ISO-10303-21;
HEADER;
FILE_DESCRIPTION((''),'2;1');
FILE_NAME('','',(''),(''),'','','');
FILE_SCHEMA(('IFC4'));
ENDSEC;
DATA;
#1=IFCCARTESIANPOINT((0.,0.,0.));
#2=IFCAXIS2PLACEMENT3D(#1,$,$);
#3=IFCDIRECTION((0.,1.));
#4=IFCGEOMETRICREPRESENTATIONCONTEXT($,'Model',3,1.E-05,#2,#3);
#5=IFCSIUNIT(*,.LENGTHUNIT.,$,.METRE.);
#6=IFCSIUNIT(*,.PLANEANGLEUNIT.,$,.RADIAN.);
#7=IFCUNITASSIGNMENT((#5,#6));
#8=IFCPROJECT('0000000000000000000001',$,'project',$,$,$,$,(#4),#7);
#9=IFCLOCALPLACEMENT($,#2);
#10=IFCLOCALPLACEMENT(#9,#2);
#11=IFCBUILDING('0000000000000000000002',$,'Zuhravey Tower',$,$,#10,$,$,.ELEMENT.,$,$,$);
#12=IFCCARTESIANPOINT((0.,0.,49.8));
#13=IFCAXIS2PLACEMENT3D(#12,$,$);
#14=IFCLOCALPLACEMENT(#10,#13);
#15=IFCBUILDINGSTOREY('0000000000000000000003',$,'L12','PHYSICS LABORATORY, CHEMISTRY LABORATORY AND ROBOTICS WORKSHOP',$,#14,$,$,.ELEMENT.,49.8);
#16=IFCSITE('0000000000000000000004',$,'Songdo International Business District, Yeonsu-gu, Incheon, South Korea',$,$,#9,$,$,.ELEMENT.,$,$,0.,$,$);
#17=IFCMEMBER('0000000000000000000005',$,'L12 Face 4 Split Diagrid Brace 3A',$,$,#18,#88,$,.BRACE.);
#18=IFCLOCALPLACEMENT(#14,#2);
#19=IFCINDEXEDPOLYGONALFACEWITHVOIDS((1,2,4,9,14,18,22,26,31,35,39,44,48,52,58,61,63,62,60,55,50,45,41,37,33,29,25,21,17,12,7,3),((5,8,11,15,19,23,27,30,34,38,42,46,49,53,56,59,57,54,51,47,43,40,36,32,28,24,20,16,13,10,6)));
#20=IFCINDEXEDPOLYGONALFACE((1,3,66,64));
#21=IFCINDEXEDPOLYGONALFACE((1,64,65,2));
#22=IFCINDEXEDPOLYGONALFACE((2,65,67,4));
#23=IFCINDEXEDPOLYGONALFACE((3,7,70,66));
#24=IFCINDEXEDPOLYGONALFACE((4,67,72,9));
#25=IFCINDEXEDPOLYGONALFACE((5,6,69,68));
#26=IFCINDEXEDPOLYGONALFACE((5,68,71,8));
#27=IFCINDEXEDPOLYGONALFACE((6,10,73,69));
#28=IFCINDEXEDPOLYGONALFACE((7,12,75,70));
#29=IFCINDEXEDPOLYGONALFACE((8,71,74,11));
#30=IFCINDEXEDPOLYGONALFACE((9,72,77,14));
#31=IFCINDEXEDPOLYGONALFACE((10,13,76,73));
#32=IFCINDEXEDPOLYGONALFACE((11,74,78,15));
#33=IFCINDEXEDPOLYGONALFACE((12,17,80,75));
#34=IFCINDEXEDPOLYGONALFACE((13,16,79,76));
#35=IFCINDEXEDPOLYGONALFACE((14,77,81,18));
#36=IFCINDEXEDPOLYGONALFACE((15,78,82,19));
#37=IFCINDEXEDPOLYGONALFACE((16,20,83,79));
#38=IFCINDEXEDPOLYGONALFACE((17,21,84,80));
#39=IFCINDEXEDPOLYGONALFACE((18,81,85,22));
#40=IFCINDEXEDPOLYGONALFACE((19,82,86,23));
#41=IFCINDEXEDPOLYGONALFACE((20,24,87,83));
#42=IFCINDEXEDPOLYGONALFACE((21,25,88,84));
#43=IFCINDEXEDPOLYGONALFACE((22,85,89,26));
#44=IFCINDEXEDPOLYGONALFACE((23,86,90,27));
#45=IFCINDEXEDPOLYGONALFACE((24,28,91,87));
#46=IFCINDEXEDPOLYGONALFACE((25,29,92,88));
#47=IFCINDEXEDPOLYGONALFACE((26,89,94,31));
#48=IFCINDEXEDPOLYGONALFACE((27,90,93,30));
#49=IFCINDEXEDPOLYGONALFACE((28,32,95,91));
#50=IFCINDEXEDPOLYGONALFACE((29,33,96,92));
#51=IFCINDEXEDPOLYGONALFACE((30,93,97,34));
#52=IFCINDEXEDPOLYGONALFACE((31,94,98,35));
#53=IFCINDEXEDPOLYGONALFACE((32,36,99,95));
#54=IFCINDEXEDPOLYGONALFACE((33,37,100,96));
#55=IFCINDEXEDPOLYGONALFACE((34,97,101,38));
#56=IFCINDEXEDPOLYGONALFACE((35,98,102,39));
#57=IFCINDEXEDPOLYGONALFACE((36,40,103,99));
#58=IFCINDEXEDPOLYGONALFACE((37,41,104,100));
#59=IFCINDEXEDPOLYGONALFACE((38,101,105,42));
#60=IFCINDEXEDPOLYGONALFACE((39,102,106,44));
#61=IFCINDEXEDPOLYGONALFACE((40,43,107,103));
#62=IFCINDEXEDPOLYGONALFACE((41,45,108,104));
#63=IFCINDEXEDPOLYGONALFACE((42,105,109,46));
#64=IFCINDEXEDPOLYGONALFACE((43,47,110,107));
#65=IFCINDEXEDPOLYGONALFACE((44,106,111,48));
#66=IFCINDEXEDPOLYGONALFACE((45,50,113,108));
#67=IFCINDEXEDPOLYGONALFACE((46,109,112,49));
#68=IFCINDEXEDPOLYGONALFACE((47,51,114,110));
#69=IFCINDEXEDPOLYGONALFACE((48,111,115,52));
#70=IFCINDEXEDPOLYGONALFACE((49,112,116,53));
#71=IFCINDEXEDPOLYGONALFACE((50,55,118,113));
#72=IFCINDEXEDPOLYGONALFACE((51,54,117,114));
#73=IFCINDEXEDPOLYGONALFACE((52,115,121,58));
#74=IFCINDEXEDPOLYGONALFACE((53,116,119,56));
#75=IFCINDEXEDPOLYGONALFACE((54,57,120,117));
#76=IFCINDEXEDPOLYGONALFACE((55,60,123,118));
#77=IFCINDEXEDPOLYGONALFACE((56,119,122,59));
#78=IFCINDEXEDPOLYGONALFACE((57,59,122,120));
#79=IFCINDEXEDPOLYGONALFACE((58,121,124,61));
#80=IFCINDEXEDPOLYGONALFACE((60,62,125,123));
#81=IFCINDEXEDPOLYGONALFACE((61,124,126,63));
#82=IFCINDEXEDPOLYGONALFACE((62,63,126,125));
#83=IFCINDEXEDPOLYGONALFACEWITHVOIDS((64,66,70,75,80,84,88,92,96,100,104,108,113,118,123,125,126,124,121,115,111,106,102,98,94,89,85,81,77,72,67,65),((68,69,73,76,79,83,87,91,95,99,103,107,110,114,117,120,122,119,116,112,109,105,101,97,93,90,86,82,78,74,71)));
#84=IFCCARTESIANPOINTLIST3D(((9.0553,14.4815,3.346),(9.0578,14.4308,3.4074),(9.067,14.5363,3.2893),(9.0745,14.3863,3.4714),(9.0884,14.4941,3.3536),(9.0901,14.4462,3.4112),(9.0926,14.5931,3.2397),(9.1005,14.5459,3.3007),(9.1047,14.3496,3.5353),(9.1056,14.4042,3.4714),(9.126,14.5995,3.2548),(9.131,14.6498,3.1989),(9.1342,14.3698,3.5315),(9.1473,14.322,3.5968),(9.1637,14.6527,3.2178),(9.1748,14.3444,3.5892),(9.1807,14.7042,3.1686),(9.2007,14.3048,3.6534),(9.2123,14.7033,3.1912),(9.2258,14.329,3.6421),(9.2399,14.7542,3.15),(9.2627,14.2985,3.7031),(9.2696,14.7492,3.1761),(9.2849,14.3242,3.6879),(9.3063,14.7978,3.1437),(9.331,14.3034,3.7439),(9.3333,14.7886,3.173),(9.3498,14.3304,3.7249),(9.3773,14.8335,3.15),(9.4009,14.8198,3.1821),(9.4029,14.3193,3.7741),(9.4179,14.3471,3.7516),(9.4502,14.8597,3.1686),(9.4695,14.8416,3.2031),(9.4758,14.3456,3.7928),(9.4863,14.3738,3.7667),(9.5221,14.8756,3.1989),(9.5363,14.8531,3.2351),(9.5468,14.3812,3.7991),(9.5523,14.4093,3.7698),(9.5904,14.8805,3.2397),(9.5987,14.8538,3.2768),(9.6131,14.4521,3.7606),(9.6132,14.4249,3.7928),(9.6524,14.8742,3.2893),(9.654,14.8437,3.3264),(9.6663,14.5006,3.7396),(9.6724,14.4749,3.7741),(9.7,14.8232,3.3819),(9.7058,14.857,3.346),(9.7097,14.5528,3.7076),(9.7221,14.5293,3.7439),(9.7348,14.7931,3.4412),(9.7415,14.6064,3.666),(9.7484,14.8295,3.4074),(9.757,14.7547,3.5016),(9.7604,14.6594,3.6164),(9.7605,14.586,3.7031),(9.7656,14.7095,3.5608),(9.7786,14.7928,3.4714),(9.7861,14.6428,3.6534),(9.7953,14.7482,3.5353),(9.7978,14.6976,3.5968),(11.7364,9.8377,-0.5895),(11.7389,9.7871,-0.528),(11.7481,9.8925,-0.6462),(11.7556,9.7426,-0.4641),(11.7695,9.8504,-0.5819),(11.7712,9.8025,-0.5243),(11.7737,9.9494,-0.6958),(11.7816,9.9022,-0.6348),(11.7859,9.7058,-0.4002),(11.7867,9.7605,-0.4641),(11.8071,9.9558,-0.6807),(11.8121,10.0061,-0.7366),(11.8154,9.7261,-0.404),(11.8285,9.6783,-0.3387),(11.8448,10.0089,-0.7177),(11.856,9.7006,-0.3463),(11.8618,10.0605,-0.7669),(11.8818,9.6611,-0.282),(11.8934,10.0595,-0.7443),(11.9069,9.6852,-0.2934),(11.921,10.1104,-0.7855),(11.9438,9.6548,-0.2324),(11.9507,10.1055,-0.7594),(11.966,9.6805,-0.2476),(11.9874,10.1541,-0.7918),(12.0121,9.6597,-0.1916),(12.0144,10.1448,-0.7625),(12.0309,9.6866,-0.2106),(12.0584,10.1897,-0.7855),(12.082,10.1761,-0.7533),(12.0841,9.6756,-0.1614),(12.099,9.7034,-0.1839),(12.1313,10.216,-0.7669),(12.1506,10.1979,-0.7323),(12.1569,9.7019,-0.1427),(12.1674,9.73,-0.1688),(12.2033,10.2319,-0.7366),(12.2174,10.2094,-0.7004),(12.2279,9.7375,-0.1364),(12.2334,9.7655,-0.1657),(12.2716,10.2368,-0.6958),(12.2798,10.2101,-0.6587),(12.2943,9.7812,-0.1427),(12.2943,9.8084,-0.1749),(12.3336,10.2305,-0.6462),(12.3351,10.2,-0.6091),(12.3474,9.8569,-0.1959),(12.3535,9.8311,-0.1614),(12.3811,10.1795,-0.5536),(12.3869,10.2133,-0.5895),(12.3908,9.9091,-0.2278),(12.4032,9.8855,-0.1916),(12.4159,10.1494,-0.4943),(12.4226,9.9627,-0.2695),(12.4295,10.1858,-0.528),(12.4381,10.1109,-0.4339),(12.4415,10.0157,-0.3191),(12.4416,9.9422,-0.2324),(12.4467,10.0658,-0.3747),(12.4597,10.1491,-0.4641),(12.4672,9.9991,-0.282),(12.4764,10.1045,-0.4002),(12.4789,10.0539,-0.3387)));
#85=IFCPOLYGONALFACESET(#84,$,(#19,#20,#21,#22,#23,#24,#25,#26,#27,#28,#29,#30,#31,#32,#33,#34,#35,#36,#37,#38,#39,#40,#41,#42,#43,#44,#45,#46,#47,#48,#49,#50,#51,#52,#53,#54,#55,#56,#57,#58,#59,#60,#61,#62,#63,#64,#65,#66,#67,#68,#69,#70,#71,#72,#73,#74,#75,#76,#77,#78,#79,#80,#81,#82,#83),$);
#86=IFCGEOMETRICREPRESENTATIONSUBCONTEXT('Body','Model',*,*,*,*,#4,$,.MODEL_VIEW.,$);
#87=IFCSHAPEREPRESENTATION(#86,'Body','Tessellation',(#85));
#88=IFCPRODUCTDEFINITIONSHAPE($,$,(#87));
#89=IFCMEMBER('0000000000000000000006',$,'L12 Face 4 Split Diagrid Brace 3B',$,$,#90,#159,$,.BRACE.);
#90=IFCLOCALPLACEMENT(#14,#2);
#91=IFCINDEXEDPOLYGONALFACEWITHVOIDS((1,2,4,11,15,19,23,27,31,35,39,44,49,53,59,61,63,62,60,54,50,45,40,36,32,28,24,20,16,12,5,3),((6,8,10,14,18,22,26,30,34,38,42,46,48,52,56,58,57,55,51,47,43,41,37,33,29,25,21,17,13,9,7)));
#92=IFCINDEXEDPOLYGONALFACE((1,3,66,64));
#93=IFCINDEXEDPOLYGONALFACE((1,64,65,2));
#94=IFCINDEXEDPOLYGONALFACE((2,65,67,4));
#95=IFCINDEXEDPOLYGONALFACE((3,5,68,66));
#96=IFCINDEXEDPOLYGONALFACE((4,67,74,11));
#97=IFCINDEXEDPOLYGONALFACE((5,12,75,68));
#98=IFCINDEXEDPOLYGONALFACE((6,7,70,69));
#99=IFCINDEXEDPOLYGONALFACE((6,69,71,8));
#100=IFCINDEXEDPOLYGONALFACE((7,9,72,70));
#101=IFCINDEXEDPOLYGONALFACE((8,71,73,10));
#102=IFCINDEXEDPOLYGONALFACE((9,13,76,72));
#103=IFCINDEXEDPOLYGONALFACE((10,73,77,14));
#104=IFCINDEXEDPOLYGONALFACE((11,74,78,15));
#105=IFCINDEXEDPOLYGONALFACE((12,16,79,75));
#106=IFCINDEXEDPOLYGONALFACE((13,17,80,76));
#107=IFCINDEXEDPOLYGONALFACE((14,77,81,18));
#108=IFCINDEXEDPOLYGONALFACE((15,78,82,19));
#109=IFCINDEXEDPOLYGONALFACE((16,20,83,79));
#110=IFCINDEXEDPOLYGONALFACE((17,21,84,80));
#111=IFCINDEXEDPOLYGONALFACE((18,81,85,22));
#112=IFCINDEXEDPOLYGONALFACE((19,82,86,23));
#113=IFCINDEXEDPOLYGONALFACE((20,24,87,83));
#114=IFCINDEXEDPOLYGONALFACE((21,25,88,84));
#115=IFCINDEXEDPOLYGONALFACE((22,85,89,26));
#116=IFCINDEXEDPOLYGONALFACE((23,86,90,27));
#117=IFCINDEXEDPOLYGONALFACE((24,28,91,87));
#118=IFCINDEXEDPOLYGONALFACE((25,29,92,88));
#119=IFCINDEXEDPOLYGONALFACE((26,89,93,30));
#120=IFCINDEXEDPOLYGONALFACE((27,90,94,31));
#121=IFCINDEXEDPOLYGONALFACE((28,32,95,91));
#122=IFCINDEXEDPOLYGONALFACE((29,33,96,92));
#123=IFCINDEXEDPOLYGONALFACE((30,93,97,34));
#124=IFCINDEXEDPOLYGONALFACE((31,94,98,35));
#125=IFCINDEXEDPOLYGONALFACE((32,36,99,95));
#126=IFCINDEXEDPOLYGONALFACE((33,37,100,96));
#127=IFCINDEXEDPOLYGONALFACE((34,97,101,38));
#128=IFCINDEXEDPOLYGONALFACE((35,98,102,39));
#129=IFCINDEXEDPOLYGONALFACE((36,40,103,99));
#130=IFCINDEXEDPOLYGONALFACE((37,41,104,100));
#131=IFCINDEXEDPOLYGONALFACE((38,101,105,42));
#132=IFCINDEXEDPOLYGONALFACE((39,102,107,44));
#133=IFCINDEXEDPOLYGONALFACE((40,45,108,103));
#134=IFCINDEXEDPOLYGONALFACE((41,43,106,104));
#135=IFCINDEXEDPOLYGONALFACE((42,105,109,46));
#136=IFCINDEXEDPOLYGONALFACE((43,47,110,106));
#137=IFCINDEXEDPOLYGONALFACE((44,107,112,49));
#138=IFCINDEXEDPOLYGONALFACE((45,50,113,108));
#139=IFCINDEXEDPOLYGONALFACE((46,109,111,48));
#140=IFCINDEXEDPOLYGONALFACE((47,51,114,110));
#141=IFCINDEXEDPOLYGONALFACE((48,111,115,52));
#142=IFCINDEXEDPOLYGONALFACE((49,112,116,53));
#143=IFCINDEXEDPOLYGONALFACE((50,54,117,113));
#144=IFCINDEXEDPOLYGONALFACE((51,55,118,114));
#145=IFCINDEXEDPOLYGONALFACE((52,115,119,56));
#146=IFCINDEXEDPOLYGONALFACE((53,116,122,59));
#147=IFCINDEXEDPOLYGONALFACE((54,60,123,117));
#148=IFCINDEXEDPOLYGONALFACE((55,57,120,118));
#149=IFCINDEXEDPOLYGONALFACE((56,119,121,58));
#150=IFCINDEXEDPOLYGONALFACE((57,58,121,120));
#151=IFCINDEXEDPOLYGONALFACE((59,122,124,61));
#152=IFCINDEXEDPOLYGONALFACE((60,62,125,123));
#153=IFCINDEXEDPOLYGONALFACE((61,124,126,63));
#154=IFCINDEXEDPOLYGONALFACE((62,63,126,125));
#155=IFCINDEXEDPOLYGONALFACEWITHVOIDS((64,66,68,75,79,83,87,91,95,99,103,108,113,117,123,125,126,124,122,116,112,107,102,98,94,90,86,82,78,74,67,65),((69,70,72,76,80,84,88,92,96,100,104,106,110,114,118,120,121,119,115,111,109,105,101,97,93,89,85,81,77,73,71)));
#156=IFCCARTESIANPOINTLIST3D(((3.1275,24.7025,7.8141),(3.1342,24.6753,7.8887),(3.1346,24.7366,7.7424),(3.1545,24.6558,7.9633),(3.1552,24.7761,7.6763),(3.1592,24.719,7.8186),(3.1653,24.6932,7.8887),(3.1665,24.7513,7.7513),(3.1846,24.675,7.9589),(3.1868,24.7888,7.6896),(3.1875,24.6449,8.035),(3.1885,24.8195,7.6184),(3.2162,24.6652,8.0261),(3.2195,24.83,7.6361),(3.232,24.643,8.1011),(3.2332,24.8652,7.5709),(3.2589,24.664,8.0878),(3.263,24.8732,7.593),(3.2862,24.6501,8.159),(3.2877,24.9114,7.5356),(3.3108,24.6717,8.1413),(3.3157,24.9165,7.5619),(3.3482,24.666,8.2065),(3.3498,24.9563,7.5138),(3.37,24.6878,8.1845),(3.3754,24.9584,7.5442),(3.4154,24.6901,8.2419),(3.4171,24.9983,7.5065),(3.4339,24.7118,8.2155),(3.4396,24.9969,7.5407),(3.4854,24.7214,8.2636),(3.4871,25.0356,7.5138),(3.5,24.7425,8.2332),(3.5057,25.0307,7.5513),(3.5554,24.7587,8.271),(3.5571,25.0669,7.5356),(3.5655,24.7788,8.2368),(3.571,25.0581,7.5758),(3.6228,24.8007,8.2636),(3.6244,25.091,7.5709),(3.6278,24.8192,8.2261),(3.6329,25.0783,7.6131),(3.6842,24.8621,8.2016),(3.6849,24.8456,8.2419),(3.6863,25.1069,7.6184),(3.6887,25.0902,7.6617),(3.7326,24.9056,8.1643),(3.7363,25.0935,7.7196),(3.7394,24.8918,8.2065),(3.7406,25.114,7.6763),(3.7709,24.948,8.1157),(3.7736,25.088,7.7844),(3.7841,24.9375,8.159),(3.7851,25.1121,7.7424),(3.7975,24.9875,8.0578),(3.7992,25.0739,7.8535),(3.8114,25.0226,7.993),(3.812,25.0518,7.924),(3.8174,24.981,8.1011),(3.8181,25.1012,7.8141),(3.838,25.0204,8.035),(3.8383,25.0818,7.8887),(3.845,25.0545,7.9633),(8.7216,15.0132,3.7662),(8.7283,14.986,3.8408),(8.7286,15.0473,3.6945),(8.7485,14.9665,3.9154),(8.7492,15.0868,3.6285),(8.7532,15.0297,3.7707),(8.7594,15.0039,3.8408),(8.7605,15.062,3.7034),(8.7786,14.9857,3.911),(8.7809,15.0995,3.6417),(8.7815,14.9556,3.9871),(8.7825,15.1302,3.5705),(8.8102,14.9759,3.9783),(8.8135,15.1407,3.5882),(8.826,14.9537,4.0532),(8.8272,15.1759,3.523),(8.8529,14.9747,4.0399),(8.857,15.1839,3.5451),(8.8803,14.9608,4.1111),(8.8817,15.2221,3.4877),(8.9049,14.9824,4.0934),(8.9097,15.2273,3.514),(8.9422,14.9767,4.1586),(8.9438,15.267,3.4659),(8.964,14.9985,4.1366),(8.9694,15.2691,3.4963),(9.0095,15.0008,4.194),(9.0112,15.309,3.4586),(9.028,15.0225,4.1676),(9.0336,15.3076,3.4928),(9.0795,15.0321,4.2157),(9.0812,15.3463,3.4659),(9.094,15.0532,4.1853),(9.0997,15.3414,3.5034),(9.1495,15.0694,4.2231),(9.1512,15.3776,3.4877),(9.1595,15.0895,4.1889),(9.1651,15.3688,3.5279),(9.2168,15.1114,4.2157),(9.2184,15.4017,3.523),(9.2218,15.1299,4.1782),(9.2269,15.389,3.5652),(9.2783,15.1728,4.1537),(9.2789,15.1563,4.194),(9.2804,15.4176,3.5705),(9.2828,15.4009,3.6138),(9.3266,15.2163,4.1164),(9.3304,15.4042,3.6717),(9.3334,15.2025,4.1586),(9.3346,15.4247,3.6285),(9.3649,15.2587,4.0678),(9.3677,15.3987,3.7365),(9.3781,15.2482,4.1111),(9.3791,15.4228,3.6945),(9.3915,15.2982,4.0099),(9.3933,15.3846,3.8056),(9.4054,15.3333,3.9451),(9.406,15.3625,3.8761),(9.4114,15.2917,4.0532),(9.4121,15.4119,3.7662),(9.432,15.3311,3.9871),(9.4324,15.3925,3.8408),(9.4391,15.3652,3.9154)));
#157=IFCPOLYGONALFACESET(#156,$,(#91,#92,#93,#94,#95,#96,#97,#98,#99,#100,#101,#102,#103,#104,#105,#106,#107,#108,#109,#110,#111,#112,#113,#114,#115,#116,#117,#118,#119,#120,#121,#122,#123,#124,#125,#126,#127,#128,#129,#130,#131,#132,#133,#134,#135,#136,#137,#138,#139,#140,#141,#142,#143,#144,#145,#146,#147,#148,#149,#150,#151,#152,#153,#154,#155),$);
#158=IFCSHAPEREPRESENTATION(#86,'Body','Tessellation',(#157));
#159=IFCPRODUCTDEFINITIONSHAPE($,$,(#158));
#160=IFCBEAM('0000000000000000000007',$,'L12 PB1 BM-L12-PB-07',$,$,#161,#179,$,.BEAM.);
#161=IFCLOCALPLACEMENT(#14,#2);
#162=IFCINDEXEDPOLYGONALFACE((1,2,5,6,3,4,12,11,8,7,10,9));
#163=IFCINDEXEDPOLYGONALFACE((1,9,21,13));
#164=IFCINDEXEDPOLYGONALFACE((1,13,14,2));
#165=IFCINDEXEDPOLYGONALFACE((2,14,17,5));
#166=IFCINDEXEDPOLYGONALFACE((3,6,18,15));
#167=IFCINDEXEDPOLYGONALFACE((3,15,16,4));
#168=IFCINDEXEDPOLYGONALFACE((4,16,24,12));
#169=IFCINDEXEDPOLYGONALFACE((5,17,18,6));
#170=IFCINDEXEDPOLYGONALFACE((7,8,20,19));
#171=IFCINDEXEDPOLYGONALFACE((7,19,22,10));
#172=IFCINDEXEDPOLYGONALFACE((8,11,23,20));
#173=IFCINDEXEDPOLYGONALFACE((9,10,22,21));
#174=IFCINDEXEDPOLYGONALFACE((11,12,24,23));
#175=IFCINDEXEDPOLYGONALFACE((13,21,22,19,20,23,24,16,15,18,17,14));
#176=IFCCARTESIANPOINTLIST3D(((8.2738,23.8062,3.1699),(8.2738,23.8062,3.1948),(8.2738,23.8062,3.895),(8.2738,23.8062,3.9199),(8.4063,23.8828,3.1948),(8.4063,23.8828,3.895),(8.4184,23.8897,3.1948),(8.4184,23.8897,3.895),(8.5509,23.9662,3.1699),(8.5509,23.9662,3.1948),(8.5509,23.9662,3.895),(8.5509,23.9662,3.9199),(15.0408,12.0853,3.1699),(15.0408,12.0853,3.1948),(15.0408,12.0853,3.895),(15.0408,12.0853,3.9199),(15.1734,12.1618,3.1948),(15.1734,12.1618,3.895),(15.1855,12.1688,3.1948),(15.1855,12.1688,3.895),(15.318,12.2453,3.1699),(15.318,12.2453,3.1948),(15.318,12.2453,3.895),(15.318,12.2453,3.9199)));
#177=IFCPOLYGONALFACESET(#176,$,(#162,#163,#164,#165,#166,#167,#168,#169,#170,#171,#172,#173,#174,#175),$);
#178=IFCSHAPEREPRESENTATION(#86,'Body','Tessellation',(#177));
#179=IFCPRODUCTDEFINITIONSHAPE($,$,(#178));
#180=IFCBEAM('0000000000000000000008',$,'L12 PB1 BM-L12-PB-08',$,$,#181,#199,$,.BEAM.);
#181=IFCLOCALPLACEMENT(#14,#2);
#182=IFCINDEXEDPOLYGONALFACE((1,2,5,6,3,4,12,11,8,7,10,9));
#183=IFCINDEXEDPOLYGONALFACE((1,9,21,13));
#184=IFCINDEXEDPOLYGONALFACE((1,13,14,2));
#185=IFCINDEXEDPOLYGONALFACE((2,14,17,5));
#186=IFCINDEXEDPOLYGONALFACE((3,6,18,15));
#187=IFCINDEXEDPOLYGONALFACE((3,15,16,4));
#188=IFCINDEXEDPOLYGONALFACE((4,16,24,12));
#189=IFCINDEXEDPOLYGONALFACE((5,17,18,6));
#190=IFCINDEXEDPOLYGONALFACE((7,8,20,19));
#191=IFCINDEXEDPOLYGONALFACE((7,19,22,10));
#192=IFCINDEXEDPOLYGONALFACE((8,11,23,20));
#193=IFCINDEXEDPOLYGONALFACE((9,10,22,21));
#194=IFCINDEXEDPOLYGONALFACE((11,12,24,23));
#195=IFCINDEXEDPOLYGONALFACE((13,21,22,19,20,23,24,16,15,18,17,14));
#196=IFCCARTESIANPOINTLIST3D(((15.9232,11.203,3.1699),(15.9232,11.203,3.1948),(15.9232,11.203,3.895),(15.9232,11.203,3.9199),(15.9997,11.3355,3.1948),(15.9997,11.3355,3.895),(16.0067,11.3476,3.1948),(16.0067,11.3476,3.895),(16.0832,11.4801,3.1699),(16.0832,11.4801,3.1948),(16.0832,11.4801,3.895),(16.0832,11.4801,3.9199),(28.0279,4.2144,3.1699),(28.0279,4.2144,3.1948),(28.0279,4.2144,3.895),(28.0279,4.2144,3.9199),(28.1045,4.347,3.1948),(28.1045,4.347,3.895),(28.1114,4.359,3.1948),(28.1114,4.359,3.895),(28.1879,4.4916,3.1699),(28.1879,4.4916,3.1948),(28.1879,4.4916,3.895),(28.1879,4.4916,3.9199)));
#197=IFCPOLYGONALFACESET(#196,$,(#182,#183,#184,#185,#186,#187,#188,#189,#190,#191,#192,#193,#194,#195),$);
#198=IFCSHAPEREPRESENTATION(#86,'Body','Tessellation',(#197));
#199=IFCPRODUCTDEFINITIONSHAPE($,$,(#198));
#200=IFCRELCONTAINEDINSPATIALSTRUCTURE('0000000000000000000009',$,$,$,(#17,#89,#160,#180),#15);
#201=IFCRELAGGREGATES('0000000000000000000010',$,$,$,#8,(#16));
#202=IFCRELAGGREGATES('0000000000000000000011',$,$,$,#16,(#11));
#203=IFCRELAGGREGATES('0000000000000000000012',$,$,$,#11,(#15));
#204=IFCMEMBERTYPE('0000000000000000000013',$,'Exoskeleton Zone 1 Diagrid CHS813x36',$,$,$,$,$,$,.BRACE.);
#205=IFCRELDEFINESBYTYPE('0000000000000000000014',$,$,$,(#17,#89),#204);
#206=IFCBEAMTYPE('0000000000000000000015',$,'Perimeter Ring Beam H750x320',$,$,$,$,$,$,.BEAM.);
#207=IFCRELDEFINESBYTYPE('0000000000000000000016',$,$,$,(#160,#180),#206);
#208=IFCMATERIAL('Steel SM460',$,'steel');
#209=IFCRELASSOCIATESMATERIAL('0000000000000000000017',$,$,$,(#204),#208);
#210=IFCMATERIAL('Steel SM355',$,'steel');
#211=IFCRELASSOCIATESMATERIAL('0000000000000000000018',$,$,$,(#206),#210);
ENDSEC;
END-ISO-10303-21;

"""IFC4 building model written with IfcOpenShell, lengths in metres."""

from ifc_helpers import new_model, si_unit, direction, frame, origin, origin_2d, place, context, subcontext, project, spatial, hollow_circle, i_section, extrude, material, material_profile, profile_set, type_object, element, save


model = new_model("IFC4")

# Units and contexts
model_context = context("Model", 3, precision=1e-05, world=origin(), true_north=direction((0.0, 1.0)))
body_context = subcontext(model_context, "Body", "Model", "MODEL_VIEW")
ifc_project = project(units=[si_unit("LENGTHUNIT", "METRE"), si_unit("PLANEANGLEUNIT", "RADIAN")], contexts=[model_context])

# Site, building, storey
site_placement = place(None, origin())
site = spatial("IfcSite", under=ifc_project, at=site_placement, Name="Songdo International Business District, Yeonsu-gu, Incheon, South Korea", CompositionType="ELEMENT", RefElevation=0.0)
building_placement = place(site_placement, origin())
building = spatial("IfcBuilding", under=site, at=building_placement, Name="Zuhravey Tower", CompositionType="ELEMENT")
storey_placement = place(building_placement, frame((0.0, 0.0, 49.8)))
storey = spatial("IfcBuildingStorey", under=building, at=storey_placement, Name="L12", Description="PHYSICS LABORATORY, CHEMISTRY LABORATORY AND ROBOTICS WORKSHOP", CompositionType="ELEMENT", Elevation=49.8)

# Members
ifc_material_1 = material(Name="Steel SM355", Category="steel")
ifc_material_2 = material(Name="Steel SM460", Category="steel")
ifc_material_profile_1 = material_profile(ifc_material_2, hollow_circle(Radius=0.4065, WallThickness=0.0359, at=origin_2d()), Name="CHS-812.8x36")
ifc_profile_set_1 = profile_set([ifc_material_profile_1], Name="Steel SM460")
member_type_1 = type_object("IfcMemberType", Name="Exoskeleton Zone 1 Diagrid CHS813x36", PredefinedType="BRACE", material=ifc_profile_set_1)
member_1_placement = place(storey_placement, frame((12.1077, 9.9458, -0.4641), z_axis=(-0.403092, 0.698162, 0.591681), x_axis=(-0.866021, -0.500008, 0.0)))
element("IfcMember", 1, at=member_1_placement, inside=storey, type_object=member_type_1, Name="L12 Face 4 Split Diagrid Brace 3A", PredefinedType="BRACE", context=body_context, shape_type="SweptSolid", body=[
    extrude(hollow_circle(Radius=0.4065, WallThickness=0.0359, at=origin_2d()), origin(), (0.0, 0.0, 1.0), 6.6514),
])
member_2_placement = place(storey_placement, frame((9.0803, 15.1892, 3.8408), z_axis=(-0.470169, 0.814367, 0.340217), x_axis=(-0.866028, -0.499995, 0.0)))
element("IfcMember", 2, at=member_2_placement, inside=storey, type_object=member_type_1, Name="L12 Face 4 Split Diagrid Brace 3B", PredefinedType="BRACE", context=body_context, shape_type="SweptSolid", body=[
    extrude(hollow_circle(Radius=0.4065, WallThickness=0.0359, at=origin_2d()), origin(), (0.0, 0.0, 1.0), 11.8979),
])

# Beams
ifc_material_profile_2 = material_profile(ifc_material_1, i_section(OverallWidth=0.3201, OverallDepth=0.75, WebThickness=0.0139, FlangeThickness=0.0249, at=origin_2d()), Name="H-750x320x14x25")
ifc_profile_set_2 = profile_set([ifc_material_profile_2], Name="Steel SM355")
beam_type_1 = type_object("IfcBeamType", Name="Perimeter Ring Beam H750x320", PredefinedType="BEAM", material=ifc_profile_set_2)
beam_1_placement = place(storey_placement, frame((8.4124, 23.8862, 3.5449), z_axis=(0.5, -0.866025, 0.0), x_axis=(0.866025, 0.5, 0.0)))
element("IfcBeam", 3, at=beam_1_placement, inside=storey, type_object=beam_type_1, Name="L12 PB1 BM-L12-PB-07", PredefinedType="BEAM", context=body_context, shape_type="SweptSolid", body=[
    extrude(i_section(OverallWidth=0.3201, OverallDepth=0.75, WebThickness=0.0139, FlangeThickness=0.0249, at=origin_2d()), origin(), (0.0, 0.0, 1.0), 13.5342),
])
beam_2_placement = place(storey_placement, frame((16.0032, 11.3416, 3.5449), z_axis=(0.86603, -0.499992, 0.0), x_axis=(0.499992, 0.86603, 0.0)))
element("IfcBeam", 4, at=beam_2_placement, inside=storey, type_object=beam_type_1, Name="L12 PB1 BM-L12-PB-08", PredefinedType="BEAM", context=body_context, shape_type="SweptSolid", body=[
    extrude(i_section(OverallWidth=0.3201, OverallDepth=0.75, WebThickness=0.0139, FlangeThickness=0.0249, at=origin_2d()), origin(), (0.0, 0.0, 1.0), 13.9773),
])

save(model, "model.ifc")
